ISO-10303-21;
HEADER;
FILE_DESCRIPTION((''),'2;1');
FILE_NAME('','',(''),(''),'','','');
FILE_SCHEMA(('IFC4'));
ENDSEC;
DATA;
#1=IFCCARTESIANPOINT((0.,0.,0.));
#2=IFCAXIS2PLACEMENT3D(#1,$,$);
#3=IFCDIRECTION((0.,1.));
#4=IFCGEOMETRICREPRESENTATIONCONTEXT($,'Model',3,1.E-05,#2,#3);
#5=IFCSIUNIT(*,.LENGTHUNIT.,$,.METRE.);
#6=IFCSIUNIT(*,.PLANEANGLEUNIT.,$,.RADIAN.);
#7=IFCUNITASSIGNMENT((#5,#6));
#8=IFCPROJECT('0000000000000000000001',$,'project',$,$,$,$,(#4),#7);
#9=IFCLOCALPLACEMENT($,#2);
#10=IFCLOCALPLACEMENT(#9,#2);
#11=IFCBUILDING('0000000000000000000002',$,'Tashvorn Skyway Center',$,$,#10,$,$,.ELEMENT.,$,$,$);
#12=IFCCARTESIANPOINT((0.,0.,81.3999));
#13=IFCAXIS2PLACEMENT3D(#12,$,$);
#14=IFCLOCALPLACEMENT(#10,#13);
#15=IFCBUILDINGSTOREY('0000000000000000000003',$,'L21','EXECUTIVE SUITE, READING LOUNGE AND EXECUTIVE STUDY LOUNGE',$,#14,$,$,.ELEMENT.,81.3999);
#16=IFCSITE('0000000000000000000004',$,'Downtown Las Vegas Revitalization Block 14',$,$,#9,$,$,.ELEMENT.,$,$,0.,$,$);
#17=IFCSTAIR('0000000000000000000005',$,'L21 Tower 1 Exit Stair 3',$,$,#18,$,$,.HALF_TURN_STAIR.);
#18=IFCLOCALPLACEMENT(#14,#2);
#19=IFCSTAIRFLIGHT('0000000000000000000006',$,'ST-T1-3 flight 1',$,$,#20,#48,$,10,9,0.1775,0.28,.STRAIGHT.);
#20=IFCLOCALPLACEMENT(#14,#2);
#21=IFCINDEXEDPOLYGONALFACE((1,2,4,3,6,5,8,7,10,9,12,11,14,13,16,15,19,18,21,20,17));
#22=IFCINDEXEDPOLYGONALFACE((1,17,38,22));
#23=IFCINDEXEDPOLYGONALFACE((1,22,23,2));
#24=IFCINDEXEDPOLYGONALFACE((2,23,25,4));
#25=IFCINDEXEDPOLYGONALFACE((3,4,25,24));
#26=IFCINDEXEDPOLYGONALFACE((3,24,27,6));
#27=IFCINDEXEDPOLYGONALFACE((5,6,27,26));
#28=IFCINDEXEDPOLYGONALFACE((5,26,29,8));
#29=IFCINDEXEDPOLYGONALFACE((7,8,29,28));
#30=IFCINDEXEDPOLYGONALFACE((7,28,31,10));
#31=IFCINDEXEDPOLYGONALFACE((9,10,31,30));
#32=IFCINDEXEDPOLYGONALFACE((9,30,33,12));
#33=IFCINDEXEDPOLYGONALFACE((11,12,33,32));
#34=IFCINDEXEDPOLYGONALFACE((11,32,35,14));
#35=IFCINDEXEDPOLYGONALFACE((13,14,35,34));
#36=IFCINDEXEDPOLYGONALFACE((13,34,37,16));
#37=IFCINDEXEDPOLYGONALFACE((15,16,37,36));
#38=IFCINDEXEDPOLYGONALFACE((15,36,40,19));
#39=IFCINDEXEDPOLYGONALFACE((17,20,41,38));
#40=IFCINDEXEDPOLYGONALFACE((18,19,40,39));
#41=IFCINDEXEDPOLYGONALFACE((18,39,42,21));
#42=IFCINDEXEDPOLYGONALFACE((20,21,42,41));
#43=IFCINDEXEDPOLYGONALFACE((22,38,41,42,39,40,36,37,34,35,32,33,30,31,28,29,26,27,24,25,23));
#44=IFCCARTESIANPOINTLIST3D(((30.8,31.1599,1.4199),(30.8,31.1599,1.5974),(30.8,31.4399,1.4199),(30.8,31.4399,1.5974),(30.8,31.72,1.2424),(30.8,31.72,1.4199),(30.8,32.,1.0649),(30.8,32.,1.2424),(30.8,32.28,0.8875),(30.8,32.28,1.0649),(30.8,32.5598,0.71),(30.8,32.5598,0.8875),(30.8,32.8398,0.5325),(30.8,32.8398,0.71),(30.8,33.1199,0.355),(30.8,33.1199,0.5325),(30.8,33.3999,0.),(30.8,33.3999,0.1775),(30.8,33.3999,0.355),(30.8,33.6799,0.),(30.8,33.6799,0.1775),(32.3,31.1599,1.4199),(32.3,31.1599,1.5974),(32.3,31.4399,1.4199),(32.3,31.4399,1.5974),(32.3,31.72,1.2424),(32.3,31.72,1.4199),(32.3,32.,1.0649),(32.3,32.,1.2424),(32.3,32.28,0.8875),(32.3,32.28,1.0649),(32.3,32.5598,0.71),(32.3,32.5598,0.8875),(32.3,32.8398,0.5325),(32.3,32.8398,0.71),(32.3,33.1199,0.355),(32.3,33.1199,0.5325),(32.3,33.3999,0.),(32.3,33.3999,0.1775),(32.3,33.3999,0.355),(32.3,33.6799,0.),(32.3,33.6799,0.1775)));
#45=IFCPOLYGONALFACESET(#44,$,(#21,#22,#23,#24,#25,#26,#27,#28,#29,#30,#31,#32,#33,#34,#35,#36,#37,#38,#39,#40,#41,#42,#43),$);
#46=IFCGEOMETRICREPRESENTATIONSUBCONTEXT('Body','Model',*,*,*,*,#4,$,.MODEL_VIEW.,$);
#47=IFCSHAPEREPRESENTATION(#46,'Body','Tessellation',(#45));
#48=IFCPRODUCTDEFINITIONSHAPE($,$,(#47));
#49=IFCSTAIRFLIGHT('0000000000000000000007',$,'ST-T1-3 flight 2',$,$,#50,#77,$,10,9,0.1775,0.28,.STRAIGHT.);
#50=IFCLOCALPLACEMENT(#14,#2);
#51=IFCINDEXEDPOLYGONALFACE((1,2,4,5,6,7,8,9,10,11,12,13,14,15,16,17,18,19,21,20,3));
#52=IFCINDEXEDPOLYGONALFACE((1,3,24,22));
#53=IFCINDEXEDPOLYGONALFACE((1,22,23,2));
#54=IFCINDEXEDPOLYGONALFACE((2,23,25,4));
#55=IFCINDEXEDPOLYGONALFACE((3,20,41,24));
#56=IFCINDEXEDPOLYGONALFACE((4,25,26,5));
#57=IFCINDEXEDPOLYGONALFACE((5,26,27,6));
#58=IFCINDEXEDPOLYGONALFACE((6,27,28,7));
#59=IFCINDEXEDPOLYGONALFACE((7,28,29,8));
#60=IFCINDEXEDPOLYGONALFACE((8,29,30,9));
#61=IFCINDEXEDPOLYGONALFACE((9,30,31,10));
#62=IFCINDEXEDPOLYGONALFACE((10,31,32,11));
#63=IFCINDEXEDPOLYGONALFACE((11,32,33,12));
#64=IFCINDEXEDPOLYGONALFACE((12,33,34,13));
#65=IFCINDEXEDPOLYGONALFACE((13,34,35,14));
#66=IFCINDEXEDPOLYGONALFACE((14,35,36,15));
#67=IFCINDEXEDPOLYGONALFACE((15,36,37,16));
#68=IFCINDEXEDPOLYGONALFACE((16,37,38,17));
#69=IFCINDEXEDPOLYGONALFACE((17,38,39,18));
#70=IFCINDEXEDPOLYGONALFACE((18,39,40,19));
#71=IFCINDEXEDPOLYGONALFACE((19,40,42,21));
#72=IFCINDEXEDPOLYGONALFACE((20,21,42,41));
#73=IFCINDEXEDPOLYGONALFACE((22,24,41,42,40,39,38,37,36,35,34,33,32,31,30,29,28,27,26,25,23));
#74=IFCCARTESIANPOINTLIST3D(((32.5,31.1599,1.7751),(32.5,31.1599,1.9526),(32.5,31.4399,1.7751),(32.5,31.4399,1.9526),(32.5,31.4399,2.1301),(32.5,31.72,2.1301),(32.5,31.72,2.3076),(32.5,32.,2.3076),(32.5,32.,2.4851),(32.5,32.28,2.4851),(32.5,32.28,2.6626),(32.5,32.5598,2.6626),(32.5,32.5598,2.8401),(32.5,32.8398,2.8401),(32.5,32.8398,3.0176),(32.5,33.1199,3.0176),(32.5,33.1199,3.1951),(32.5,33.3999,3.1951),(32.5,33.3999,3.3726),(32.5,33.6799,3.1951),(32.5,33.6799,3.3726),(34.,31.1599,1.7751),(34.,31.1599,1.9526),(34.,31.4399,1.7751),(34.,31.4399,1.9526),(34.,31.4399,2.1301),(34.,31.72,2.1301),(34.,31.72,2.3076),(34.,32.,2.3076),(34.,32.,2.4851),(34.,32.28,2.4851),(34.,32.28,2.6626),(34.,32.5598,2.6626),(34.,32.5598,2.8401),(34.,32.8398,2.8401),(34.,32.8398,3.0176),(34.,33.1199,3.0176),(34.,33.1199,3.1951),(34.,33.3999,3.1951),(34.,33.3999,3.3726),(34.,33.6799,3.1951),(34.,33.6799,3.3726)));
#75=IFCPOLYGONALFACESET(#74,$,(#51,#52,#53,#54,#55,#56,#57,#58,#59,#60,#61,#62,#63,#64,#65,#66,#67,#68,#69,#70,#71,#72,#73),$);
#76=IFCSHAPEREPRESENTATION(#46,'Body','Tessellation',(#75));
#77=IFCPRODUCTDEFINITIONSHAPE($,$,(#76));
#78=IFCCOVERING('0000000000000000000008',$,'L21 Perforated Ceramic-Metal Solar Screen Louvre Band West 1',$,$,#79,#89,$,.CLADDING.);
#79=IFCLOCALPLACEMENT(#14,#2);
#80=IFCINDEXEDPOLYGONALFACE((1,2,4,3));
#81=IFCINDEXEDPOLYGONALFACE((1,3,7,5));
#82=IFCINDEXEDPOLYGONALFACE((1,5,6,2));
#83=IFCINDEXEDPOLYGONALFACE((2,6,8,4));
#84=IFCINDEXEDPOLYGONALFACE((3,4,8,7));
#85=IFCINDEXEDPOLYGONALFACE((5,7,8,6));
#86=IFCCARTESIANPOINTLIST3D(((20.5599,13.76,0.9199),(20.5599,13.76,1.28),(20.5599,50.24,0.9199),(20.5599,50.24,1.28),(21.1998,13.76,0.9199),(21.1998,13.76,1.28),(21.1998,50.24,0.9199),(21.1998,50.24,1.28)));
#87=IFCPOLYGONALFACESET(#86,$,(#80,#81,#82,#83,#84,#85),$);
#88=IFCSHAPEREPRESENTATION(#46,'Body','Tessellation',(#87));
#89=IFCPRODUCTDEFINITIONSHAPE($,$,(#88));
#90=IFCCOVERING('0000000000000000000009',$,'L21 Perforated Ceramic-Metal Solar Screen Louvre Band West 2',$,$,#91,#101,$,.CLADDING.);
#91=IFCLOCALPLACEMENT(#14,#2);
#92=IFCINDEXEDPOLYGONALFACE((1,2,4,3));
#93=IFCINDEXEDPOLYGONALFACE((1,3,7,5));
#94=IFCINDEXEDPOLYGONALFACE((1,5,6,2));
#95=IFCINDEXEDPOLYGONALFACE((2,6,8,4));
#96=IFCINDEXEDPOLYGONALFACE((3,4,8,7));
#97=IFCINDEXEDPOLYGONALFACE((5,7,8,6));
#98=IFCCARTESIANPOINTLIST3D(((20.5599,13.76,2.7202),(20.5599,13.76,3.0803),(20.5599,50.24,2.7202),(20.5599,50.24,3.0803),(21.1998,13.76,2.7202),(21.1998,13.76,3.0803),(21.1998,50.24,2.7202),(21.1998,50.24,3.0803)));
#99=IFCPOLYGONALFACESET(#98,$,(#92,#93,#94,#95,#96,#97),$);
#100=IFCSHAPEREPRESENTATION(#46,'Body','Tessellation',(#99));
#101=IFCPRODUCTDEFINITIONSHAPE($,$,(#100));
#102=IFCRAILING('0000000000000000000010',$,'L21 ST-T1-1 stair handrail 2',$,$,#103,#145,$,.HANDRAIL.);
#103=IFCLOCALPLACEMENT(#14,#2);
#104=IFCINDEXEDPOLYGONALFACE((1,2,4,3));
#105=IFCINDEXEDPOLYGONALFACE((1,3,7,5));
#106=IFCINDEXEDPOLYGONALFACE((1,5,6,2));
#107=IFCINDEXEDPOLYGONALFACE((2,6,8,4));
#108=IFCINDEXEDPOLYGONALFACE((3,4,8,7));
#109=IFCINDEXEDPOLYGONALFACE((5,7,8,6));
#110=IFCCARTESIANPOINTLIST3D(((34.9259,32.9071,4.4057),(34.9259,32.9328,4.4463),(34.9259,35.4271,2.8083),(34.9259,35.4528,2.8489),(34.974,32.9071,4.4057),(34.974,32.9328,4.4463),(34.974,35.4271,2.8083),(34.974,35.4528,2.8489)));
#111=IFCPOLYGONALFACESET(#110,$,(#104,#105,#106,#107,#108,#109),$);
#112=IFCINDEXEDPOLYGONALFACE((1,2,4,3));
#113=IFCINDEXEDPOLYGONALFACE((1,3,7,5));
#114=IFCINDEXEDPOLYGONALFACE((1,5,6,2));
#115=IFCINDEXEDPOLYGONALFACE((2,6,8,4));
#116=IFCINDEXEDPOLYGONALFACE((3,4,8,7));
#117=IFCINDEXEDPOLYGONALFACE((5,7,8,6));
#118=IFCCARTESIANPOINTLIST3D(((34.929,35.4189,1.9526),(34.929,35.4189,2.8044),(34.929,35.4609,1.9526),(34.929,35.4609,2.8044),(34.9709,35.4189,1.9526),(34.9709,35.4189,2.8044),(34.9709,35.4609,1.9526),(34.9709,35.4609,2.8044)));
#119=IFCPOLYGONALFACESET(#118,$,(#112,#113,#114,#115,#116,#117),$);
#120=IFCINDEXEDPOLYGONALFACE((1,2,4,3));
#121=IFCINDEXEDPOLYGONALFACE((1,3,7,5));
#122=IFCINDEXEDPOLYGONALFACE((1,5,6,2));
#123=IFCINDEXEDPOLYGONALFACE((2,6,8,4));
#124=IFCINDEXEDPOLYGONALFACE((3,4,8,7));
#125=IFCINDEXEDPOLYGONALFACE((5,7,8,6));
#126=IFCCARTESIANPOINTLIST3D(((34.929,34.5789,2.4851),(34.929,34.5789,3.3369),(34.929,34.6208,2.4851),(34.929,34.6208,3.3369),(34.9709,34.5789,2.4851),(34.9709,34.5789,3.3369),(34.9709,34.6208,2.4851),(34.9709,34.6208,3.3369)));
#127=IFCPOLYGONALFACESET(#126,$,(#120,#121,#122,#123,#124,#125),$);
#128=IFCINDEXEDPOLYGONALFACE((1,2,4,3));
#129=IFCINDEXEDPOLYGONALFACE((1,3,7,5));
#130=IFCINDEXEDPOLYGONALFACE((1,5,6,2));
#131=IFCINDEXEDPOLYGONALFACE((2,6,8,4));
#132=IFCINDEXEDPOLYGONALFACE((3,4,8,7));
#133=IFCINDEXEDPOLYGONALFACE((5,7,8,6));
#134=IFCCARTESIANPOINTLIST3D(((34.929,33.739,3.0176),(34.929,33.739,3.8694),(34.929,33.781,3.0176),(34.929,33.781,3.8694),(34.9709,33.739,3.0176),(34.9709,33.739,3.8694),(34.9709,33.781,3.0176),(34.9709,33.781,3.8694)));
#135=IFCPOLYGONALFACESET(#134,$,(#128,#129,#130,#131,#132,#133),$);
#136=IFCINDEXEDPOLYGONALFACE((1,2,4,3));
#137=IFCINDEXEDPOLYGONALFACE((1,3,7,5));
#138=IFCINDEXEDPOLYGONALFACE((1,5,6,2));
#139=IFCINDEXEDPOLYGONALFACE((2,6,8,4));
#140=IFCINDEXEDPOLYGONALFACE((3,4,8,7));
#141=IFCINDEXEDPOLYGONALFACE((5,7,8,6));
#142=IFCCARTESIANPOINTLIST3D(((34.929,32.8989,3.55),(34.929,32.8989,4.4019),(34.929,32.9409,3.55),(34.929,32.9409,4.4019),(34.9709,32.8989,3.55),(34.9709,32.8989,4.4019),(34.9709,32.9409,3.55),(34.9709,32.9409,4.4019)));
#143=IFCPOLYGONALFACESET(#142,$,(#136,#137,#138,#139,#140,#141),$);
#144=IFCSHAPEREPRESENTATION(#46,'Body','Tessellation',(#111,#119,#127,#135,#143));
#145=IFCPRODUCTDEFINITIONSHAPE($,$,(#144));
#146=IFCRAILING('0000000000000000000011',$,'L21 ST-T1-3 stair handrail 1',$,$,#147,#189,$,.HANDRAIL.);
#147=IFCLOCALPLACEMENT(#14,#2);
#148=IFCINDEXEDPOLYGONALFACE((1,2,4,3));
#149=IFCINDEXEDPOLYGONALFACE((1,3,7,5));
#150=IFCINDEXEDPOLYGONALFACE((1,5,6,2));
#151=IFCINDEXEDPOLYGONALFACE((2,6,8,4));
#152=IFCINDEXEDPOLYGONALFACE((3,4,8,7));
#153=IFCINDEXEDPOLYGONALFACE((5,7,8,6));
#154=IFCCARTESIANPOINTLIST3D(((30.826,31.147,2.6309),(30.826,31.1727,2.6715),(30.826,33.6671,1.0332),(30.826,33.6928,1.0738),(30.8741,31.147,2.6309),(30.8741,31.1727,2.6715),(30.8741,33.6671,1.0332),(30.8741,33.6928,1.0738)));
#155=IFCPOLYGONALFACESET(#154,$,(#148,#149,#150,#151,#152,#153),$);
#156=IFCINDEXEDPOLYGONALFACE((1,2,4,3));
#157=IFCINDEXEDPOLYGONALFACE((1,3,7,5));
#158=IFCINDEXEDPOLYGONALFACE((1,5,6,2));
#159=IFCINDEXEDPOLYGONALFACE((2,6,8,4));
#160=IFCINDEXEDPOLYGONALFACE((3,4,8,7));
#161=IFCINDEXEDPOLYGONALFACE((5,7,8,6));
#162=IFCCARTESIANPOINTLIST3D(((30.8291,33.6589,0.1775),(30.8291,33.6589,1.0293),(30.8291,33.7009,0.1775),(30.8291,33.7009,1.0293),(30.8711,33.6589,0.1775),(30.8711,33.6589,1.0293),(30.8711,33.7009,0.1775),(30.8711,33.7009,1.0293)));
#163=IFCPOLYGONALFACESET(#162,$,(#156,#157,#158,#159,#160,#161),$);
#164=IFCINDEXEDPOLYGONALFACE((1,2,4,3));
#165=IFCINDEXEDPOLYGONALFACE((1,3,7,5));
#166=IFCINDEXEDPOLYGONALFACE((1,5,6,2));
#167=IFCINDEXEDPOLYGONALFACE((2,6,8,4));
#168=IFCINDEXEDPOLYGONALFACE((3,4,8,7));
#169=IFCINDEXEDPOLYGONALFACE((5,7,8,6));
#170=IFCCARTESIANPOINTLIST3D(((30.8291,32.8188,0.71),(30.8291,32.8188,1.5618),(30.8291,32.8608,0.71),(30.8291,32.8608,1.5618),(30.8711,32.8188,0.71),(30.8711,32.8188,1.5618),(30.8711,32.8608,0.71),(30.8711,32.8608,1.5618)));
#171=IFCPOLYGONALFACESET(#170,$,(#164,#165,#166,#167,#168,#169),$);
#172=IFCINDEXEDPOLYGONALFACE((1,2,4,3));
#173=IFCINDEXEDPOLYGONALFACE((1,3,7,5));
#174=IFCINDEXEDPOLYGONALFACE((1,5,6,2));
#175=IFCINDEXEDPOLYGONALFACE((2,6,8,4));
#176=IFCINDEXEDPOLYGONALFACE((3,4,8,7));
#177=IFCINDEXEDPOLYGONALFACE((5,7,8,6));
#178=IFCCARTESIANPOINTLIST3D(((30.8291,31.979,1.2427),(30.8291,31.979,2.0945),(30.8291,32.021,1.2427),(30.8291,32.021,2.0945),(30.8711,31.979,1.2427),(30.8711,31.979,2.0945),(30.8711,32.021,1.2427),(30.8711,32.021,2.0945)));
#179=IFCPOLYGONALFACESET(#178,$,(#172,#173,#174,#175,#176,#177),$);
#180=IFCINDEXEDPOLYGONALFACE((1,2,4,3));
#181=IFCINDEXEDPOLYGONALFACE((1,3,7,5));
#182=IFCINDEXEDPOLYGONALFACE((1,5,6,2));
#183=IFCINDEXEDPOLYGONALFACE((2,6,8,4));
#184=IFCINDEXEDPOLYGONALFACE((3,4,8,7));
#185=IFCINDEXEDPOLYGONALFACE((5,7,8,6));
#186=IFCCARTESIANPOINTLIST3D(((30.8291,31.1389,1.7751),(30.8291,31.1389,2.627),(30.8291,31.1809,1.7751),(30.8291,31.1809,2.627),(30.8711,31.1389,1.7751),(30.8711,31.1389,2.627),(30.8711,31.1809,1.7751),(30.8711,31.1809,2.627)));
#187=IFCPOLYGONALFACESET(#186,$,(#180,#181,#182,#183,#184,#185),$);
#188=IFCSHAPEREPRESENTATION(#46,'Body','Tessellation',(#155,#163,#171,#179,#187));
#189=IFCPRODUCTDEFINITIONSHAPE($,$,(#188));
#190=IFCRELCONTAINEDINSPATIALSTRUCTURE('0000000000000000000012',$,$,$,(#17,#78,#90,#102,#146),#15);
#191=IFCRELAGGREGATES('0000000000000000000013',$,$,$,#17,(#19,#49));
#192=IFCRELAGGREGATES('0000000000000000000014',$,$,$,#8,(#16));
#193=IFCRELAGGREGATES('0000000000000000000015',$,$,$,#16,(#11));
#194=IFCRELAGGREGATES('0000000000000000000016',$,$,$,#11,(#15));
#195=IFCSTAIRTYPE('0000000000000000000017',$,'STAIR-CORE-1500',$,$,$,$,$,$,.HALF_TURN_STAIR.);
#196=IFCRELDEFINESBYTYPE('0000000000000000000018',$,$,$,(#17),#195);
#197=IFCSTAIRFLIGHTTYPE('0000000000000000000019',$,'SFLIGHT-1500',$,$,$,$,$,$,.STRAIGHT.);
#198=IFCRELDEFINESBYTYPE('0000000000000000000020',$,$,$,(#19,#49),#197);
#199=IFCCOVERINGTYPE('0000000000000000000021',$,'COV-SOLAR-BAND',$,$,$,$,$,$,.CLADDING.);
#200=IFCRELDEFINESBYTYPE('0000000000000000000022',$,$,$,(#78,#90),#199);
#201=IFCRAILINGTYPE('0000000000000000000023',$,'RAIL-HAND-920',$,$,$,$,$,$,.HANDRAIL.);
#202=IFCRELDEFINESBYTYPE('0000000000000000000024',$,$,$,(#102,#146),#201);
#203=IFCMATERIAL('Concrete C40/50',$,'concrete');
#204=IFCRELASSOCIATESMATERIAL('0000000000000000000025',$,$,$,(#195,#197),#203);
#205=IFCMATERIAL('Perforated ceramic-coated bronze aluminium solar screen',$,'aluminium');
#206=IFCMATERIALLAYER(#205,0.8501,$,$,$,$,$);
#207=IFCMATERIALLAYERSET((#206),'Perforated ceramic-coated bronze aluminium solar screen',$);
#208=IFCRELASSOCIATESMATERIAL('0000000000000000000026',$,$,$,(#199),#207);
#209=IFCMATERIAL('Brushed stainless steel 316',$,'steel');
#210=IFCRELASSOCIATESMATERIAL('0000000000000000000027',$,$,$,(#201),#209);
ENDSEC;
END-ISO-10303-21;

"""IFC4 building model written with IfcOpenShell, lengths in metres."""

from ifc_helpers import new_model, si_unit, direction, frame, origin, origin_2d, place, context, subcontext, project, spatial, polyline, rectangle, outline, extrude, material, layer, layer_set, type_object, element, aggregate, save


model = new_model("IFC4")

# Units and contexts
model_context = context("Model", 3, precision=1e-05, world=origin(), true_north=direction((0.0, 1.0)))
body_context = subcontext(model_context, "Body", "Model", "MODEL_VIEW")
ifc_project = project(units=[si_unit("LENGTHUNIT", "METRE"), si_unit("PLANEANGLEUNIT", "RADIAN")], contexts=[model_context])

# Site, building, storey
site_placement = place(None, origin())
site = spatial("IfcSite", under=ifc_project, at=site_placement, Name="Downtown Las Vegas Revitalization Block 14", CompositionType="ELEMENT", RefElevation=0.0)
building_placement = place(site_placement, origin())
building = spatial("IfcBuilding", under=site, at=building_placement, Name="Tashvorn Skyway Center", CompositionType="ELEMENT")
storey_placement = place(building_placement, frame((0.0, 0.0, 81.3999)))
storey = spatial("IfcBuildingStorey", under=building, at=storey_placement, Name="L21", Description="EXECUTIVE SUITE, READING LOUNGE AND EXECUTIVE STUDY LOUNGE", CompositionType="ELEMENT", Elevation=81.3999)

# Shared definitions
ifc_material_1 = material(Name="Concrete C40/50", Category="concrete")

# Shared definitions
stair_type = type_object("IfcStairType", Name="STAIR-CORE-1500", PredefinedType="HALF_TURN_STAIR", material=ifc_material_1)
stair_flight_type = type_object("IfcStairFlightType", Name="SFLIGHT-1500", PredefinedType="STRAIGHT", material=ifc_material_1)

# Stair, stair flights
stair_1_placement = place(storey_placement, origin())
stair_1 = element("IfcStair", 1, at=stair_1_placement, inside=storey, type_object=stair_type, Name="L21 Tower 1 Exit Stair 3", PredefinedType="HALF_TURN_STAIR")
stair_flight_1_placement = place(storey_placement, frame((31.55, 33.6799, 0.0), z_axis=(0.0, 0.0, 1.0), x_axis=(0.0, -1.0, 0.0)))
stair_flight_1 = element("IfcStairFlight", 2, at=stair_flight_1_placement, type_object=stair_flight_type, Name="ST-T1-3 flight 1", NumberOfRisers=10, NumberOfTreads=9, PredefinedType="STRAIGHT", RiserHeight=0.1775, TreadLength=0.28, context=body_context, shape_type="SweptSolid", body=[
    extrude(outline(polyline([(0.0, 0.0), (0.0, 0.1775), (0.28, 0.1775), (0.28, 0.355), (0.5601, 0.355), (0.5601, 0.5325), (0.8401, 0.5325), (0.8401, 0.71), (1.1201, 0.71), (1.1201, 0.8875), (1.3999, 0.8875), (1.3999, 1.0649), (1.6799, 1.0649), (1.6799, 1.2424), (1.96, 1.2424), (1.96, 1.4199), (2.24, 1.4199), (2.24, 1.5974), (2.52, 1.5974), (2.52, 1.7749), (2.52, 1.4199), (0.28, 0.0), (0.0, 0.0)])), frame((0.0, 0.75, 0.0), z_axis=(0.0, -1.0, 0.0), x_axis=(1.0, 0.0, 0.0)), (0.0, 0.0, 1.0), 1.5),
])
stair_flight_2_placement = place(storey_placement, frame((33.25, 31.1599, 1.7751), z_axis=(0.0, 0.0, 1.0), x_axis=(0.0, 1.0, 0.0)))
stair_flight_2 = element("IfcStairFlight", 3, at=stair_flight_2_placement, type_object=stair_flight_type, Name="ST-T1-3 flight 2", NumberOfRisers=10, NumberOfTreads=9, PredefinedType="STRAIGHT", RiserHeight=0.1775, TreadLength=0.28, context=body_context, shape_type="SweptSolid", body=[
    extrude(outline(polyline([(0.0, 0.0), (0.0, 0.1775), (0.28, 0.1775), (0.28, 0.355), (0.5601, 0.355), (0.5601, 0.5325), (0.8401, 0.5325), (0.8401, 0.71), (1.1201, 0.71), (1.1201, 0.8875), (1.3999, 0.8875), (1.3999, 1.0649), (1.6799, 1.0649), (1.6799, 1.2424), (1.96, 1.2424), (1.96, 1.4199), (2.24, 1.4199), (2.24, 1.5974), (2.52, 1.5974), (2.52, 1.7749), (2.52, 1.4199), (0.28, 0.0), (0.0, 0.0)])), frame((0.0, 0.75, 0.0), z_axis=(0.0, -1.0, 0.0), x_axis=(1.0, 0.0, 0.0)), (0.0, 0.0, 1.0), 1.5),
])
aggregate(stair_1, [stair_flight_1, stair_flight_2])

# Coverings
ifc_material_2 = material(Name="Perforated ceramic-coated bronze aluminium solar screen", Category="aluminium")
ifc_layer_1 = layer(ifc_material_2, 0.8501)
ifc_layer_set_1 = layer_set([ifc_layer_1], Name="Perforated ceramic-coated bronze aluminium solar screen")
covering_type = type_object("IfcCoveringType", Name="COV-SOLAR-BAND", PredefinedType="CLADDING", material=ifc_layer_set_1)
for number, where, z_axis, x_axis, name in (
    (4, (20.8799, 32.0, 0.9199), (0.0, 0.0, 1.0), (0.0, 1.0, 0.0), "L21 Perforated Ceramic-Metal Solar Screen Louvre Band West 1"),
    (5, (20.8799, 32.0, 2.7202), (0.0, 0.0, 1.0), (0.0, 1.0, 0.0), "L21 Perforated Ceramic-Metal Solar Screen Louvre Band West 2"),
):
    element("IfcCovering", number, at=place(storey_placement, frame(where, z_axis=z_axis, x_axis=x_axis)), inside=storey, type_object=covering_type, Name=name, PredefinedType="CLADDING", context=body_context, shape_type="SweptSolid", body=[
        extrude(rectangle(XDim=36.48, YDim=0.6399, at=origin_2d()), origin(), (0.0, 0.0, 1.0), 0.3601),
    ])

# Railings
ifc_material_3 = material(Name="Brushed stainless steel 316", Category="steel")
railing_type_1 = type_object("IfcRailingType", Name="RAIL-HAND-920", PredefinedType="HANDRAIL", material=ifc_material_3)
railing_1_placement = place(storey_placement, frame((34.95, 35.4399, 1.9526)))
element("IfcRailing", 6, at=railing_1_placement, inside=storey, type_object=railing_type_1, Name="L21 ST-T1-1 stair handrail 2", PredefinedType="HANDRAIL", context=body_context, shape_type="SweptSolid", body=[
    extrude(rectangle(XDim=0.0481, YDim=0.0481, at=origin_2d()), frame((0.0, 0.0, 0.876), z_axis=(0.0, -0.844607, 0.535387), x_axis=(1.0, 0.0, 0.0)), (0.0, 0.0, 1.0), 2.9836),
    extrude(rectangle(XDim=0.042, YDim=0.042, at=origin_2d()), origin(), (0.0, 0.0, 1.0), 0.8518),
    extrude(rectangle(XDim=0.042, YDim=0.042, at=origin_2d()), frame((0.0, -0.8401, 0.5325)), (0.0, 0.0, 1.0), 0.8518),
    extrude(rectangle(XDim=0.042, YDim=0.042, at=origin_2d()), frame((0.0, -1.6799, 1.0649)), (0.0, 0.0, 1.0), 0.8518),
    extrude(rectangle(XDim=0.042, YDim=0.042, at=origin_2d()), frame((0.0, -2.52, 1.5974)), (0.0, 0.0, 1.0), 0.8518),
])
railing_2_placement = place(storey_placement, frame((30.8501, 33.6799, 0.1775)))
element("IfcRailing", 7, at=railing_2_placement, inside=storey, type_object=railing_type_1, Name="L21 ST-T1-3 stair handrail 1", PredefinedType="HANDRAIL", context=body_context, shape_type="SweptSolid", body=[
    extrude(rectangle(XDim=0.0481, YDim=0.0481, at=origin_2d()), frame((0.0, 0.0, 0.876), z_axis=(0.0, -0.84457, 0.535445), x_axis=(1.0, 0.0, 0.0)), (0.0, 0.0, 1.0), 2.9839),
    extrude(rectangle(XDim=0.042, YDim=0.042, at=origin_2d()), origin(), (0.0, 0.0, 1.0), 0.8518),
    extrude(rectangle(XDim=0.042, YDim=0.042, at=origin_2d()), frame((0.0, -0.8401, 0.5325)), (0.0, 0.0, 1.0), 0.8518),
    extrude(rectangle(XDim=0.042, YDim=0.042, at=origin_2d()), frame((0.0, -1.6799, 1.0652)), (0.0, 0.0, 1.0), 0.8518),
    extrude(rectangle(XDim=0.042, YDim=0.042, at=origin_2d()), frame((0.0, -2.52, 1.5977)), (0.0, 0.0, 1.0), 0.8518),
])

save(model, "model.ifc")
